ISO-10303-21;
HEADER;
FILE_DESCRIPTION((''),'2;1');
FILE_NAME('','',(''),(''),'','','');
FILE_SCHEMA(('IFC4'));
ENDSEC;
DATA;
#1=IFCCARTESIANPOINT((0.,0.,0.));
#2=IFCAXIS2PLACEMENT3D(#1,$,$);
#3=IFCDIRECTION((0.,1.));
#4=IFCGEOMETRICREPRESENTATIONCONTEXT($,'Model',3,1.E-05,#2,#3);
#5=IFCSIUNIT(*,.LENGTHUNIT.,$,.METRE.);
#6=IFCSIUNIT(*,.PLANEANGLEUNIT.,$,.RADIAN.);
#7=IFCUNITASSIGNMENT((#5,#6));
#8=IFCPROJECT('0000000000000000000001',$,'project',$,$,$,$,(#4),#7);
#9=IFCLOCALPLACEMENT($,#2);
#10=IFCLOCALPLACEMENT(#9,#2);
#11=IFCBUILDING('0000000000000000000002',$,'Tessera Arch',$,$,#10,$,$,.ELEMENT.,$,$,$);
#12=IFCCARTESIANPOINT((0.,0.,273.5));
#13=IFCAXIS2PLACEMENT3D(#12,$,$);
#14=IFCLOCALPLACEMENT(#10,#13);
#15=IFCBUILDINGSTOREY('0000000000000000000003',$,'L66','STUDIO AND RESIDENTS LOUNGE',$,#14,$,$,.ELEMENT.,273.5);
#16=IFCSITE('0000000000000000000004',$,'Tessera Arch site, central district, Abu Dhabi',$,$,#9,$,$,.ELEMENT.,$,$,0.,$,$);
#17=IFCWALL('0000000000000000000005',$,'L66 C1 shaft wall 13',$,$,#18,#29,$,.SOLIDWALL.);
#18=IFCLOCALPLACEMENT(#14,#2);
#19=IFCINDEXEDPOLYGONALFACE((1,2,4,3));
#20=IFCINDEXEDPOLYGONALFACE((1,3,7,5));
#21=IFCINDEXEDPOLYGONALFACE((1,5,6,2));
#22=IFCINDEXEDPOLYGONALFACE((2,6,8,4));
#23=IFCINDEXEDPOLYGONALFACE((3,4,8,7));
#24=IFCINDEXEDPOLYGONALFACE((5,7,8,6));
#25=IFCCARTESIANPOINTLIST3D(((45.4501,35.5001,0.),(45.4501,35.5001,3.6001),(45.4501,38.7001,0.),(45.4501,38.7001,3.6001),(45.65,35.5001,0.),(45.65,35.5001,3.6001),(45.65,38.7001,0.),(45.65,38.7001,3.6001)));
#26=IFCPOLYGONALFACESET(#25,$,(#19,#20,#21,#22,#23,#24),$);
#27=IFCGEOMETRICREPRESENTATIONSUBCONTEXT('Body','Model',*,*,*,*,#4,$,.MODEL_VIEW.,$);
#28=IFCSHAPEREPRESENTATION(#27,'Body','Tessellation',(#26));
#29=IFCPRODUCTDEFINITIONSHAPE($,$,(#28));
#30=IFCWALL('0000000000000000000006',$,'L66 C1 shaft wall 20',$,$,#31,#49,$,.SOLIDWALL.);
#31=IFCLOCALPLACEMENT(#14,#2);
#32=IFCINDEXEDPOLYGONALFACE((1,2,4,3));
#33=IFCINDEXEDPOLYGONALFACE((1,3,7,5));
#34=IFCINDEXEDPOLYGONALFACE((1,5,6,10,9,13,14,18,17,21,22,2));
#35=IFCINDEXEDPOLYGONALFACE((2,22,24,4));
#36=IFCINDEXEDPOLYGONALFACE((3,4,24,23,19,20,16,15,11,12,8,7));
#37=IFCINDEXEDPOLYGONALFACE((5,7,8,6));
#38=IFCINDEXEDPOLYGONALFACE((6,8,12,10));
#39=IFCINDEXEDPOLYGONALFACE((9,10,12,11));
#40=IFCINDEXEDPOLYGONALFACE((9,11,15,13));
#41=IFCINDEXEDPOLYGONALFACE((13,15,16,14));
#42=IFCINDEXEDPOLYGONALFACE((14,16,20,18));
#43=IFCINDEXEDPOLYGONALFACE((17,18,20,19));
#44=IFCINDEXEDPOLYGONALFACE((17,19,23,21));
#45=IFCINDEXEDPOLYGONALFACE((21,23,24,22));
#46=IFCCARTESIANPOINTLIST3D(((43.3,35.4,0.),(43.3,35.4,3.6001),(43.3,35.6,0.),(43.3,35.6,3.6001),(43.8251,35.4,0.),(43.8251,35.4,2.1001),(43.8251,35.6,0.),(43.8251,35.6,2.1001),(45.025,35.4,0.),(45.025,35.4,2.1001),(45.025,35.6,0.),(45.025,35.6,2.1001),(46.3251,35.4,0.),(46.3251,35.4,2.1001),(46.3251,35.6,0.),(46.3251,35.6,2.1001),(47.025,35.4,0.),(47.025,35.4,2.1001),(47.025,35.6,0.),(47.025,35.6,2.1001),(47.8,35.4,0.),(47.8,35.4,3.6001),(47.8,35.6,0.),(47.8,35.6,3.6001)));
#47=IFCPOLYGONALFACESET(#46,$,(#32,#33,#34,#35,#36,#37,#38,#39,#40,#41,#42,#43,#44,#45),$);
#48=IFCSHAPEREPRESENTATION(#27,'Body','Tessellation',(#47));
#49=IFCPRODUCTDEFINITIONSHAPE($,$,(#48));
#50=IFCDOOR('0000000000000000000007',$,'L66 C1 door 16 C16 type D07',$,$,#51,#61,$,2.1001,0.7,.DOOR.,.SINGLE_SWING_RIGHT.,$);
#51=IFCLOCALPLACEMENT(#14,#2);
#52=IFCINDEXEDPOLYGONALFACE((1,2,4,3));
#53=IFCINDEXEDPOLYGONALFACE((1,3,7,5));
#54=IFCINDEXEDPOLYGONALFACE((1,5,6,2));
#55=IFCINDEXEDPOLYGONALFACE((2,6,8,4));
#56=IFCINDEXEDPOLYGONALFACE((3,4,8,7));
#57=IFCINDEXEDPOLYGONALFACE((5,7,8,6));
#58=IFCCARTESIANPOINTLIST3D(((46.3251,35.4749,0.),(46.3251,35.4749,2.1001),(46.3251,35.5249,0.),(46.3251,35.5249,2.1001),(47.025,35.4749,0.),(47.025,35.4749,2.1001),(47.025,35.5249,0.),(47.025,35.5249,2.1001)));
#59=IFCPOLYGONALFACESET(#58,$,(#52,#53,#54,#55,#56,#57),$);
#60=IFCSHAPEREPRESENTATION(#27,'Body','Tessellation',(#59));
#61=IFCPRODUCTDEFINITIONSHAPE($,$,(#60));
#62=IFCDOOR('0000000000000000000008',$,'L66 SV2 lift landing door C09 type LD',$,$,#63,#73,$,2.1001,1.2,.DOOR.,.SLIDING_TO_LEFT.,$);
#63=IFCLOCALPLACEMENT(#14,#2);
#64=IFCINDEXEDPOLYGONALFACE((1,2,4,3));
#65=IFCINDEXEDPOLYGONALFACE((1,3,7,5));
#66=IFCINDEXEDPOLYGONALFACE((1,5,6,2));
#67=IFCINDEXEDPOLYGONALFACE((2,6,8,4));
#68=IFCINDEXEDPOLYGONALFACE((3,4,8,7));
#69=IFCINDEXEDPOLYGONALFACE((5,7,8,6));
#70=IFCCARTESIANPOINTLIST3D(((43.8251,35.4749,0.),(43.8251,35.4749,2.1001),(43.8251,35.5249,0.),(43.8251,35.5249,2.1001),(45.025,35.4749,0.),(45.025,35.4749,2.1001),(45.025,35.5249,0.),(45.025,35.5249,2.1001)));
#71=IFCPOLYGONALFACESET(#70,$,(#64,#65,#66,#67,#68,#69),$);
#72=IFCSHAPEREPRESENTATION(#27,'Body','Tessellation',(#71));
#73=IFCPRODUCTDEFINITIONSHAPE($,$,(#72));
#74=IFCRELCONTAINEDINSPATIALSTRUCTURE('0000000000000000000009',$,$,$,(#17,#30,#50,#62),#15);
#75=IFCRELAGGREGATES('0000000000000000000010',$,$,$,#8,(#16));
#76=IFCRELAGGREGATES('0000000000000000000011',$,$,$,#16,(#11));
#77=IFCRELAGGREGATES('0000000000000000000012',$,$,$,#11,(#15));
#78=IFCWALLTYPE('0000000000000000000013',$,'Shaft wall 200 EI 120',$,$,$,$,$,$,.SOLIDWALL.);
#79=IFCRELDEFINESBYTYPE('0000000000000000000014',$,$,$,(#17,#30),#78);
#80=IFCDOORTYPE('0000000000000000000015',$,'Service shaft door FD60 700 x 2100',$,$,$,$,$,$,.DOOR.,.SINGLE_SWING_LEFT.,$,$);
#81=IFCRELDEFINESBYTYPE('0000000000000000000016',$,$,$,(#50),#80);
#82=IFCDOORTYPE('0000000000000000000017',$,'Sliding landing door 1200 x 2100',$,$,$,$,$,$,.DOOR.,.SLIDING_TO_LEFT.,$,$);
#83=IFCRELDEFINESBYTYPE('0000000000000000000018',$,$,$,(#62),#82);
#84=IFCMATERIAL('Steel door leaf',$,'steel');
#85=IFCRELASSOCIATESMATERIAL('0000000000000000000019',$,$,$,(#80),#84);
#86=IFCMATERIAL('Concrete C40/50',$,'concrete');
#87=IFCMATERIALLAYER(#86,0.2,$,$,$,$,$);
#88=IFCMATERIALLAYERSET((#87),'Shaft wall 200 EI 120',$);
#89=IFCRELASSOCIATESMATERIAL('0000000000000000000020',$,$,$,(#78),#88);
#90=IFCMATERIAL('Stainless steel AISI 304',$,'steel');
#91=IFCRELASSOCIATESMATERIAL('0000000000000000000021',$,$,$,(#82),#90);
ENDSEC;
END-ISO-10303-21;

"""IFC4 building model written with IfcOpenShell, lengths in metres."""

from ifc_helpers import new_model, si_unit, direction, frame, frame_2d, origin, place, context, subcontext, project, spatial, rectangle, extrude, material, layer, layer_set, type_object, element, fill, save


model = new_model("IFC4")

# Units and contexts
model_context = context("Model", 3, precision=1e-05, world=origin(), true_north=direction((0.0, 1.0)))
body_context = subcontext(model_context, "Body", "Model", "MODEL_VIEW")
ifc_project = project(units=[si_unit("LENGTHUNIT", "METRE"), si_unit("PLANEANGLEUNIT", "RADIAN")], contexts=[model_context])

# Site, building, storey
site_placement = place(None, origin())
site = spatial("IfcSite", under=ifc_project, at=site_placement, Name="Tessera Arch site, central district, Abu Dhabi", CompositionType="ELEMENT", RefElevation=0.0)
building_placement = place(site_placement, origin())
building = spatial("IfcBuilding", under=site, at=building_placement, Name="Tessera Arch", CompositionType="ELEMENT")
storey_placement = place(building_placement, frame((0.0, 0.0, 273.5)))
storey = spatial("IfcBuildingStorey", under=building, at=storey_placement, Name="L66", Description="STUDIO AND RESIDENTS LOUNGE", CompositionType="ELEMENT", Elevation=273.5)

# Shared definitions
ifc_material_1 = material(Name="Steel door leaf", Category="steel")
door_type_1 = type_object("IfcDoorType", Name="Service shaft door FD60 700 x 2100", OperationType="SINGLE_SWING_LEFT", PredefinedType="DOOR", material=ifc_material_1)

# Wall
ifc_material_2 = material(Name="Concrete C40/50", Category="concrete")
ifc_layer_1 = layer(ifc_material_2, 0.2)
ifc_layer_set_1 = layer_set([ifc_layer_1], Name="Shaft wall 200 EI 120")
wall_type_1 = type_object("IfcWallType", Name="Shaft wall 200 EI 120", PredefinedType="SOLIDWALL", material=ifc_layer_set_1)
for number, where, z_axis, x_axis, name in (
    (1, (45.55, 35.5, 0.0), (0.0, 0.0, 1.0), (0.0, 1.0, 0.0), "L66 C1 shaft wall 13"),
):
    element("IfcWall", number, at=place(storey_placement, frame(where, z_axis=z_axis, x_axis=x_axis)), inside=storey, type_object=wall_type_1, Name=name, PredefinedType="SOLIDWALL", context=body_context, shape_type="SweptSolid", body=[
        extrude(rectangle(XDim=3.2, YDim=0.2, at=frame_2d((1.6001, 0.0))), origin(), (0.0, 0.0, 1.0), 3.6001),
    ])

# Wall, openings, doors
wall_1_placement = place(storey_placement, frame((43.3, 35.5, 0.0), z_axis=(0.0, 0.0, 1.0), x_axis=(1.0, 0.0, 0.0)))
wall_1 = element("IfcWall", 2, at=wall_1_placement, inside=storey, type_object=wall_type_1, Name="L66 C1 shaft wall 20", PredefinedType="SOLIDWALL", context=body_context, shape_type="SweptSolid", body=[
    extrude(rectangle(XDim=4.5, YDim=0.2, at=frame_2d((2.25, 0.0))), origin(), (0.0, 0.0, 1.0), 3.6001),
])
opening_1_placement = place(wall_1_placement, frame((0.5249, 0.0, 0.0)))
opening_1 = element("IfcOpeningElement", 3, at=opening_1_placement, cuts=wall_1, PredefinedType="OPENING", context=body_context, shape_type="SweptSolid", body=[
    extrude(rectangle(XDim=1.2, YDim=2.1001, at=frame_2d((0.6001, 1.05))), frame((0.0, 0.1099, 0.0), z_axis=(0.0, -1.0, 0.0), x_axis=(1.0, 0.0, 0.0)), (0.0, 0.0, 1.0), 0.22),
])
opening_2_placement = place(wall_1_placement, frame((3.0249, 0.0, 0.0)))
opening_2 = element("IfcOpeningElement", 4, at=opening_2_placement, cuts=wall_1, PredefinedType="OPENING", context=body_context, shape_type="SweptSolid", body=[
    extrude(rectangle(XDim=0.7, YDim=2.1001, at=frame_2d((0.3501, 1.05))), frame((0.0, 0.1099, 0.0), z_axis=(0.0, -1.0, 0.0), x_axis=(1.0, 0.0, 0.0)), (0.0, 0.0, 1.0), 0.22),
])
door_1_placement = place(opening_2_placement, origin())
door_1 = element("IfcDoor", 5, at=door_1_placement, inside=storey, type_object=door_type_1, Name="L66 C1 door 16 C16 type D07", OperationType="SINGLE_SWING_RIGHT", OverallHeight=2.1001, OverallWidth=0.7, PredefinedType="DOOR", context=body_context, shape_type="SweptSolid", body=[
    extrude(rectangle(XDim=0.7, YDim=2.1001, at=frame_2d((0.3501, 1.05))), frame((0.0, 0.0249, 0.0), z_axis=(0.0, -1.0, 0.0), x_axis=(1.0, 0.0, 0.0)), (0.0, 0.0, 1.0), 0.05),
])
fill(opening_2, door_1)
ifc_material_3 = material(Name="Stainless steel AISI 304", Category="steel")
door_type_2 = type_object("IfcDoorType", Name="Sliding landing door 1200 x 2100", OperationType="SLIDING_TO_LEFT", PredefinedType="DOOR", material=ifc_material_3)
door_2_placement = place(opening_1_placement, origin())
door_2 = element("IfcDoor", 6, at=door_2_placement, inside=storey, type_object=door_type_2, Name="L66 SV2 lift landing door C09 type LD", OperationType="SLIDING_TO_LEFT", OverallHeight=2.1001, OverallWidth=1.2, PredefinedType="DOOR", context=body_context, shape_type="SweptSolid", body=[
    extrude(rectangle(XDim=1.2, YDim=2.1001, at=frame_2d((0.6001, 1.05))), frame((0.0, 0.0249, 0.0), z_axis=(0.0, -1.0, 0.0), x_axis=(1.0, 0.0, 0.0)), (0.0, 0.0, 1.0), 0.05),
])
fill(opening_1, door_2)

save(model, "model.ifc")
